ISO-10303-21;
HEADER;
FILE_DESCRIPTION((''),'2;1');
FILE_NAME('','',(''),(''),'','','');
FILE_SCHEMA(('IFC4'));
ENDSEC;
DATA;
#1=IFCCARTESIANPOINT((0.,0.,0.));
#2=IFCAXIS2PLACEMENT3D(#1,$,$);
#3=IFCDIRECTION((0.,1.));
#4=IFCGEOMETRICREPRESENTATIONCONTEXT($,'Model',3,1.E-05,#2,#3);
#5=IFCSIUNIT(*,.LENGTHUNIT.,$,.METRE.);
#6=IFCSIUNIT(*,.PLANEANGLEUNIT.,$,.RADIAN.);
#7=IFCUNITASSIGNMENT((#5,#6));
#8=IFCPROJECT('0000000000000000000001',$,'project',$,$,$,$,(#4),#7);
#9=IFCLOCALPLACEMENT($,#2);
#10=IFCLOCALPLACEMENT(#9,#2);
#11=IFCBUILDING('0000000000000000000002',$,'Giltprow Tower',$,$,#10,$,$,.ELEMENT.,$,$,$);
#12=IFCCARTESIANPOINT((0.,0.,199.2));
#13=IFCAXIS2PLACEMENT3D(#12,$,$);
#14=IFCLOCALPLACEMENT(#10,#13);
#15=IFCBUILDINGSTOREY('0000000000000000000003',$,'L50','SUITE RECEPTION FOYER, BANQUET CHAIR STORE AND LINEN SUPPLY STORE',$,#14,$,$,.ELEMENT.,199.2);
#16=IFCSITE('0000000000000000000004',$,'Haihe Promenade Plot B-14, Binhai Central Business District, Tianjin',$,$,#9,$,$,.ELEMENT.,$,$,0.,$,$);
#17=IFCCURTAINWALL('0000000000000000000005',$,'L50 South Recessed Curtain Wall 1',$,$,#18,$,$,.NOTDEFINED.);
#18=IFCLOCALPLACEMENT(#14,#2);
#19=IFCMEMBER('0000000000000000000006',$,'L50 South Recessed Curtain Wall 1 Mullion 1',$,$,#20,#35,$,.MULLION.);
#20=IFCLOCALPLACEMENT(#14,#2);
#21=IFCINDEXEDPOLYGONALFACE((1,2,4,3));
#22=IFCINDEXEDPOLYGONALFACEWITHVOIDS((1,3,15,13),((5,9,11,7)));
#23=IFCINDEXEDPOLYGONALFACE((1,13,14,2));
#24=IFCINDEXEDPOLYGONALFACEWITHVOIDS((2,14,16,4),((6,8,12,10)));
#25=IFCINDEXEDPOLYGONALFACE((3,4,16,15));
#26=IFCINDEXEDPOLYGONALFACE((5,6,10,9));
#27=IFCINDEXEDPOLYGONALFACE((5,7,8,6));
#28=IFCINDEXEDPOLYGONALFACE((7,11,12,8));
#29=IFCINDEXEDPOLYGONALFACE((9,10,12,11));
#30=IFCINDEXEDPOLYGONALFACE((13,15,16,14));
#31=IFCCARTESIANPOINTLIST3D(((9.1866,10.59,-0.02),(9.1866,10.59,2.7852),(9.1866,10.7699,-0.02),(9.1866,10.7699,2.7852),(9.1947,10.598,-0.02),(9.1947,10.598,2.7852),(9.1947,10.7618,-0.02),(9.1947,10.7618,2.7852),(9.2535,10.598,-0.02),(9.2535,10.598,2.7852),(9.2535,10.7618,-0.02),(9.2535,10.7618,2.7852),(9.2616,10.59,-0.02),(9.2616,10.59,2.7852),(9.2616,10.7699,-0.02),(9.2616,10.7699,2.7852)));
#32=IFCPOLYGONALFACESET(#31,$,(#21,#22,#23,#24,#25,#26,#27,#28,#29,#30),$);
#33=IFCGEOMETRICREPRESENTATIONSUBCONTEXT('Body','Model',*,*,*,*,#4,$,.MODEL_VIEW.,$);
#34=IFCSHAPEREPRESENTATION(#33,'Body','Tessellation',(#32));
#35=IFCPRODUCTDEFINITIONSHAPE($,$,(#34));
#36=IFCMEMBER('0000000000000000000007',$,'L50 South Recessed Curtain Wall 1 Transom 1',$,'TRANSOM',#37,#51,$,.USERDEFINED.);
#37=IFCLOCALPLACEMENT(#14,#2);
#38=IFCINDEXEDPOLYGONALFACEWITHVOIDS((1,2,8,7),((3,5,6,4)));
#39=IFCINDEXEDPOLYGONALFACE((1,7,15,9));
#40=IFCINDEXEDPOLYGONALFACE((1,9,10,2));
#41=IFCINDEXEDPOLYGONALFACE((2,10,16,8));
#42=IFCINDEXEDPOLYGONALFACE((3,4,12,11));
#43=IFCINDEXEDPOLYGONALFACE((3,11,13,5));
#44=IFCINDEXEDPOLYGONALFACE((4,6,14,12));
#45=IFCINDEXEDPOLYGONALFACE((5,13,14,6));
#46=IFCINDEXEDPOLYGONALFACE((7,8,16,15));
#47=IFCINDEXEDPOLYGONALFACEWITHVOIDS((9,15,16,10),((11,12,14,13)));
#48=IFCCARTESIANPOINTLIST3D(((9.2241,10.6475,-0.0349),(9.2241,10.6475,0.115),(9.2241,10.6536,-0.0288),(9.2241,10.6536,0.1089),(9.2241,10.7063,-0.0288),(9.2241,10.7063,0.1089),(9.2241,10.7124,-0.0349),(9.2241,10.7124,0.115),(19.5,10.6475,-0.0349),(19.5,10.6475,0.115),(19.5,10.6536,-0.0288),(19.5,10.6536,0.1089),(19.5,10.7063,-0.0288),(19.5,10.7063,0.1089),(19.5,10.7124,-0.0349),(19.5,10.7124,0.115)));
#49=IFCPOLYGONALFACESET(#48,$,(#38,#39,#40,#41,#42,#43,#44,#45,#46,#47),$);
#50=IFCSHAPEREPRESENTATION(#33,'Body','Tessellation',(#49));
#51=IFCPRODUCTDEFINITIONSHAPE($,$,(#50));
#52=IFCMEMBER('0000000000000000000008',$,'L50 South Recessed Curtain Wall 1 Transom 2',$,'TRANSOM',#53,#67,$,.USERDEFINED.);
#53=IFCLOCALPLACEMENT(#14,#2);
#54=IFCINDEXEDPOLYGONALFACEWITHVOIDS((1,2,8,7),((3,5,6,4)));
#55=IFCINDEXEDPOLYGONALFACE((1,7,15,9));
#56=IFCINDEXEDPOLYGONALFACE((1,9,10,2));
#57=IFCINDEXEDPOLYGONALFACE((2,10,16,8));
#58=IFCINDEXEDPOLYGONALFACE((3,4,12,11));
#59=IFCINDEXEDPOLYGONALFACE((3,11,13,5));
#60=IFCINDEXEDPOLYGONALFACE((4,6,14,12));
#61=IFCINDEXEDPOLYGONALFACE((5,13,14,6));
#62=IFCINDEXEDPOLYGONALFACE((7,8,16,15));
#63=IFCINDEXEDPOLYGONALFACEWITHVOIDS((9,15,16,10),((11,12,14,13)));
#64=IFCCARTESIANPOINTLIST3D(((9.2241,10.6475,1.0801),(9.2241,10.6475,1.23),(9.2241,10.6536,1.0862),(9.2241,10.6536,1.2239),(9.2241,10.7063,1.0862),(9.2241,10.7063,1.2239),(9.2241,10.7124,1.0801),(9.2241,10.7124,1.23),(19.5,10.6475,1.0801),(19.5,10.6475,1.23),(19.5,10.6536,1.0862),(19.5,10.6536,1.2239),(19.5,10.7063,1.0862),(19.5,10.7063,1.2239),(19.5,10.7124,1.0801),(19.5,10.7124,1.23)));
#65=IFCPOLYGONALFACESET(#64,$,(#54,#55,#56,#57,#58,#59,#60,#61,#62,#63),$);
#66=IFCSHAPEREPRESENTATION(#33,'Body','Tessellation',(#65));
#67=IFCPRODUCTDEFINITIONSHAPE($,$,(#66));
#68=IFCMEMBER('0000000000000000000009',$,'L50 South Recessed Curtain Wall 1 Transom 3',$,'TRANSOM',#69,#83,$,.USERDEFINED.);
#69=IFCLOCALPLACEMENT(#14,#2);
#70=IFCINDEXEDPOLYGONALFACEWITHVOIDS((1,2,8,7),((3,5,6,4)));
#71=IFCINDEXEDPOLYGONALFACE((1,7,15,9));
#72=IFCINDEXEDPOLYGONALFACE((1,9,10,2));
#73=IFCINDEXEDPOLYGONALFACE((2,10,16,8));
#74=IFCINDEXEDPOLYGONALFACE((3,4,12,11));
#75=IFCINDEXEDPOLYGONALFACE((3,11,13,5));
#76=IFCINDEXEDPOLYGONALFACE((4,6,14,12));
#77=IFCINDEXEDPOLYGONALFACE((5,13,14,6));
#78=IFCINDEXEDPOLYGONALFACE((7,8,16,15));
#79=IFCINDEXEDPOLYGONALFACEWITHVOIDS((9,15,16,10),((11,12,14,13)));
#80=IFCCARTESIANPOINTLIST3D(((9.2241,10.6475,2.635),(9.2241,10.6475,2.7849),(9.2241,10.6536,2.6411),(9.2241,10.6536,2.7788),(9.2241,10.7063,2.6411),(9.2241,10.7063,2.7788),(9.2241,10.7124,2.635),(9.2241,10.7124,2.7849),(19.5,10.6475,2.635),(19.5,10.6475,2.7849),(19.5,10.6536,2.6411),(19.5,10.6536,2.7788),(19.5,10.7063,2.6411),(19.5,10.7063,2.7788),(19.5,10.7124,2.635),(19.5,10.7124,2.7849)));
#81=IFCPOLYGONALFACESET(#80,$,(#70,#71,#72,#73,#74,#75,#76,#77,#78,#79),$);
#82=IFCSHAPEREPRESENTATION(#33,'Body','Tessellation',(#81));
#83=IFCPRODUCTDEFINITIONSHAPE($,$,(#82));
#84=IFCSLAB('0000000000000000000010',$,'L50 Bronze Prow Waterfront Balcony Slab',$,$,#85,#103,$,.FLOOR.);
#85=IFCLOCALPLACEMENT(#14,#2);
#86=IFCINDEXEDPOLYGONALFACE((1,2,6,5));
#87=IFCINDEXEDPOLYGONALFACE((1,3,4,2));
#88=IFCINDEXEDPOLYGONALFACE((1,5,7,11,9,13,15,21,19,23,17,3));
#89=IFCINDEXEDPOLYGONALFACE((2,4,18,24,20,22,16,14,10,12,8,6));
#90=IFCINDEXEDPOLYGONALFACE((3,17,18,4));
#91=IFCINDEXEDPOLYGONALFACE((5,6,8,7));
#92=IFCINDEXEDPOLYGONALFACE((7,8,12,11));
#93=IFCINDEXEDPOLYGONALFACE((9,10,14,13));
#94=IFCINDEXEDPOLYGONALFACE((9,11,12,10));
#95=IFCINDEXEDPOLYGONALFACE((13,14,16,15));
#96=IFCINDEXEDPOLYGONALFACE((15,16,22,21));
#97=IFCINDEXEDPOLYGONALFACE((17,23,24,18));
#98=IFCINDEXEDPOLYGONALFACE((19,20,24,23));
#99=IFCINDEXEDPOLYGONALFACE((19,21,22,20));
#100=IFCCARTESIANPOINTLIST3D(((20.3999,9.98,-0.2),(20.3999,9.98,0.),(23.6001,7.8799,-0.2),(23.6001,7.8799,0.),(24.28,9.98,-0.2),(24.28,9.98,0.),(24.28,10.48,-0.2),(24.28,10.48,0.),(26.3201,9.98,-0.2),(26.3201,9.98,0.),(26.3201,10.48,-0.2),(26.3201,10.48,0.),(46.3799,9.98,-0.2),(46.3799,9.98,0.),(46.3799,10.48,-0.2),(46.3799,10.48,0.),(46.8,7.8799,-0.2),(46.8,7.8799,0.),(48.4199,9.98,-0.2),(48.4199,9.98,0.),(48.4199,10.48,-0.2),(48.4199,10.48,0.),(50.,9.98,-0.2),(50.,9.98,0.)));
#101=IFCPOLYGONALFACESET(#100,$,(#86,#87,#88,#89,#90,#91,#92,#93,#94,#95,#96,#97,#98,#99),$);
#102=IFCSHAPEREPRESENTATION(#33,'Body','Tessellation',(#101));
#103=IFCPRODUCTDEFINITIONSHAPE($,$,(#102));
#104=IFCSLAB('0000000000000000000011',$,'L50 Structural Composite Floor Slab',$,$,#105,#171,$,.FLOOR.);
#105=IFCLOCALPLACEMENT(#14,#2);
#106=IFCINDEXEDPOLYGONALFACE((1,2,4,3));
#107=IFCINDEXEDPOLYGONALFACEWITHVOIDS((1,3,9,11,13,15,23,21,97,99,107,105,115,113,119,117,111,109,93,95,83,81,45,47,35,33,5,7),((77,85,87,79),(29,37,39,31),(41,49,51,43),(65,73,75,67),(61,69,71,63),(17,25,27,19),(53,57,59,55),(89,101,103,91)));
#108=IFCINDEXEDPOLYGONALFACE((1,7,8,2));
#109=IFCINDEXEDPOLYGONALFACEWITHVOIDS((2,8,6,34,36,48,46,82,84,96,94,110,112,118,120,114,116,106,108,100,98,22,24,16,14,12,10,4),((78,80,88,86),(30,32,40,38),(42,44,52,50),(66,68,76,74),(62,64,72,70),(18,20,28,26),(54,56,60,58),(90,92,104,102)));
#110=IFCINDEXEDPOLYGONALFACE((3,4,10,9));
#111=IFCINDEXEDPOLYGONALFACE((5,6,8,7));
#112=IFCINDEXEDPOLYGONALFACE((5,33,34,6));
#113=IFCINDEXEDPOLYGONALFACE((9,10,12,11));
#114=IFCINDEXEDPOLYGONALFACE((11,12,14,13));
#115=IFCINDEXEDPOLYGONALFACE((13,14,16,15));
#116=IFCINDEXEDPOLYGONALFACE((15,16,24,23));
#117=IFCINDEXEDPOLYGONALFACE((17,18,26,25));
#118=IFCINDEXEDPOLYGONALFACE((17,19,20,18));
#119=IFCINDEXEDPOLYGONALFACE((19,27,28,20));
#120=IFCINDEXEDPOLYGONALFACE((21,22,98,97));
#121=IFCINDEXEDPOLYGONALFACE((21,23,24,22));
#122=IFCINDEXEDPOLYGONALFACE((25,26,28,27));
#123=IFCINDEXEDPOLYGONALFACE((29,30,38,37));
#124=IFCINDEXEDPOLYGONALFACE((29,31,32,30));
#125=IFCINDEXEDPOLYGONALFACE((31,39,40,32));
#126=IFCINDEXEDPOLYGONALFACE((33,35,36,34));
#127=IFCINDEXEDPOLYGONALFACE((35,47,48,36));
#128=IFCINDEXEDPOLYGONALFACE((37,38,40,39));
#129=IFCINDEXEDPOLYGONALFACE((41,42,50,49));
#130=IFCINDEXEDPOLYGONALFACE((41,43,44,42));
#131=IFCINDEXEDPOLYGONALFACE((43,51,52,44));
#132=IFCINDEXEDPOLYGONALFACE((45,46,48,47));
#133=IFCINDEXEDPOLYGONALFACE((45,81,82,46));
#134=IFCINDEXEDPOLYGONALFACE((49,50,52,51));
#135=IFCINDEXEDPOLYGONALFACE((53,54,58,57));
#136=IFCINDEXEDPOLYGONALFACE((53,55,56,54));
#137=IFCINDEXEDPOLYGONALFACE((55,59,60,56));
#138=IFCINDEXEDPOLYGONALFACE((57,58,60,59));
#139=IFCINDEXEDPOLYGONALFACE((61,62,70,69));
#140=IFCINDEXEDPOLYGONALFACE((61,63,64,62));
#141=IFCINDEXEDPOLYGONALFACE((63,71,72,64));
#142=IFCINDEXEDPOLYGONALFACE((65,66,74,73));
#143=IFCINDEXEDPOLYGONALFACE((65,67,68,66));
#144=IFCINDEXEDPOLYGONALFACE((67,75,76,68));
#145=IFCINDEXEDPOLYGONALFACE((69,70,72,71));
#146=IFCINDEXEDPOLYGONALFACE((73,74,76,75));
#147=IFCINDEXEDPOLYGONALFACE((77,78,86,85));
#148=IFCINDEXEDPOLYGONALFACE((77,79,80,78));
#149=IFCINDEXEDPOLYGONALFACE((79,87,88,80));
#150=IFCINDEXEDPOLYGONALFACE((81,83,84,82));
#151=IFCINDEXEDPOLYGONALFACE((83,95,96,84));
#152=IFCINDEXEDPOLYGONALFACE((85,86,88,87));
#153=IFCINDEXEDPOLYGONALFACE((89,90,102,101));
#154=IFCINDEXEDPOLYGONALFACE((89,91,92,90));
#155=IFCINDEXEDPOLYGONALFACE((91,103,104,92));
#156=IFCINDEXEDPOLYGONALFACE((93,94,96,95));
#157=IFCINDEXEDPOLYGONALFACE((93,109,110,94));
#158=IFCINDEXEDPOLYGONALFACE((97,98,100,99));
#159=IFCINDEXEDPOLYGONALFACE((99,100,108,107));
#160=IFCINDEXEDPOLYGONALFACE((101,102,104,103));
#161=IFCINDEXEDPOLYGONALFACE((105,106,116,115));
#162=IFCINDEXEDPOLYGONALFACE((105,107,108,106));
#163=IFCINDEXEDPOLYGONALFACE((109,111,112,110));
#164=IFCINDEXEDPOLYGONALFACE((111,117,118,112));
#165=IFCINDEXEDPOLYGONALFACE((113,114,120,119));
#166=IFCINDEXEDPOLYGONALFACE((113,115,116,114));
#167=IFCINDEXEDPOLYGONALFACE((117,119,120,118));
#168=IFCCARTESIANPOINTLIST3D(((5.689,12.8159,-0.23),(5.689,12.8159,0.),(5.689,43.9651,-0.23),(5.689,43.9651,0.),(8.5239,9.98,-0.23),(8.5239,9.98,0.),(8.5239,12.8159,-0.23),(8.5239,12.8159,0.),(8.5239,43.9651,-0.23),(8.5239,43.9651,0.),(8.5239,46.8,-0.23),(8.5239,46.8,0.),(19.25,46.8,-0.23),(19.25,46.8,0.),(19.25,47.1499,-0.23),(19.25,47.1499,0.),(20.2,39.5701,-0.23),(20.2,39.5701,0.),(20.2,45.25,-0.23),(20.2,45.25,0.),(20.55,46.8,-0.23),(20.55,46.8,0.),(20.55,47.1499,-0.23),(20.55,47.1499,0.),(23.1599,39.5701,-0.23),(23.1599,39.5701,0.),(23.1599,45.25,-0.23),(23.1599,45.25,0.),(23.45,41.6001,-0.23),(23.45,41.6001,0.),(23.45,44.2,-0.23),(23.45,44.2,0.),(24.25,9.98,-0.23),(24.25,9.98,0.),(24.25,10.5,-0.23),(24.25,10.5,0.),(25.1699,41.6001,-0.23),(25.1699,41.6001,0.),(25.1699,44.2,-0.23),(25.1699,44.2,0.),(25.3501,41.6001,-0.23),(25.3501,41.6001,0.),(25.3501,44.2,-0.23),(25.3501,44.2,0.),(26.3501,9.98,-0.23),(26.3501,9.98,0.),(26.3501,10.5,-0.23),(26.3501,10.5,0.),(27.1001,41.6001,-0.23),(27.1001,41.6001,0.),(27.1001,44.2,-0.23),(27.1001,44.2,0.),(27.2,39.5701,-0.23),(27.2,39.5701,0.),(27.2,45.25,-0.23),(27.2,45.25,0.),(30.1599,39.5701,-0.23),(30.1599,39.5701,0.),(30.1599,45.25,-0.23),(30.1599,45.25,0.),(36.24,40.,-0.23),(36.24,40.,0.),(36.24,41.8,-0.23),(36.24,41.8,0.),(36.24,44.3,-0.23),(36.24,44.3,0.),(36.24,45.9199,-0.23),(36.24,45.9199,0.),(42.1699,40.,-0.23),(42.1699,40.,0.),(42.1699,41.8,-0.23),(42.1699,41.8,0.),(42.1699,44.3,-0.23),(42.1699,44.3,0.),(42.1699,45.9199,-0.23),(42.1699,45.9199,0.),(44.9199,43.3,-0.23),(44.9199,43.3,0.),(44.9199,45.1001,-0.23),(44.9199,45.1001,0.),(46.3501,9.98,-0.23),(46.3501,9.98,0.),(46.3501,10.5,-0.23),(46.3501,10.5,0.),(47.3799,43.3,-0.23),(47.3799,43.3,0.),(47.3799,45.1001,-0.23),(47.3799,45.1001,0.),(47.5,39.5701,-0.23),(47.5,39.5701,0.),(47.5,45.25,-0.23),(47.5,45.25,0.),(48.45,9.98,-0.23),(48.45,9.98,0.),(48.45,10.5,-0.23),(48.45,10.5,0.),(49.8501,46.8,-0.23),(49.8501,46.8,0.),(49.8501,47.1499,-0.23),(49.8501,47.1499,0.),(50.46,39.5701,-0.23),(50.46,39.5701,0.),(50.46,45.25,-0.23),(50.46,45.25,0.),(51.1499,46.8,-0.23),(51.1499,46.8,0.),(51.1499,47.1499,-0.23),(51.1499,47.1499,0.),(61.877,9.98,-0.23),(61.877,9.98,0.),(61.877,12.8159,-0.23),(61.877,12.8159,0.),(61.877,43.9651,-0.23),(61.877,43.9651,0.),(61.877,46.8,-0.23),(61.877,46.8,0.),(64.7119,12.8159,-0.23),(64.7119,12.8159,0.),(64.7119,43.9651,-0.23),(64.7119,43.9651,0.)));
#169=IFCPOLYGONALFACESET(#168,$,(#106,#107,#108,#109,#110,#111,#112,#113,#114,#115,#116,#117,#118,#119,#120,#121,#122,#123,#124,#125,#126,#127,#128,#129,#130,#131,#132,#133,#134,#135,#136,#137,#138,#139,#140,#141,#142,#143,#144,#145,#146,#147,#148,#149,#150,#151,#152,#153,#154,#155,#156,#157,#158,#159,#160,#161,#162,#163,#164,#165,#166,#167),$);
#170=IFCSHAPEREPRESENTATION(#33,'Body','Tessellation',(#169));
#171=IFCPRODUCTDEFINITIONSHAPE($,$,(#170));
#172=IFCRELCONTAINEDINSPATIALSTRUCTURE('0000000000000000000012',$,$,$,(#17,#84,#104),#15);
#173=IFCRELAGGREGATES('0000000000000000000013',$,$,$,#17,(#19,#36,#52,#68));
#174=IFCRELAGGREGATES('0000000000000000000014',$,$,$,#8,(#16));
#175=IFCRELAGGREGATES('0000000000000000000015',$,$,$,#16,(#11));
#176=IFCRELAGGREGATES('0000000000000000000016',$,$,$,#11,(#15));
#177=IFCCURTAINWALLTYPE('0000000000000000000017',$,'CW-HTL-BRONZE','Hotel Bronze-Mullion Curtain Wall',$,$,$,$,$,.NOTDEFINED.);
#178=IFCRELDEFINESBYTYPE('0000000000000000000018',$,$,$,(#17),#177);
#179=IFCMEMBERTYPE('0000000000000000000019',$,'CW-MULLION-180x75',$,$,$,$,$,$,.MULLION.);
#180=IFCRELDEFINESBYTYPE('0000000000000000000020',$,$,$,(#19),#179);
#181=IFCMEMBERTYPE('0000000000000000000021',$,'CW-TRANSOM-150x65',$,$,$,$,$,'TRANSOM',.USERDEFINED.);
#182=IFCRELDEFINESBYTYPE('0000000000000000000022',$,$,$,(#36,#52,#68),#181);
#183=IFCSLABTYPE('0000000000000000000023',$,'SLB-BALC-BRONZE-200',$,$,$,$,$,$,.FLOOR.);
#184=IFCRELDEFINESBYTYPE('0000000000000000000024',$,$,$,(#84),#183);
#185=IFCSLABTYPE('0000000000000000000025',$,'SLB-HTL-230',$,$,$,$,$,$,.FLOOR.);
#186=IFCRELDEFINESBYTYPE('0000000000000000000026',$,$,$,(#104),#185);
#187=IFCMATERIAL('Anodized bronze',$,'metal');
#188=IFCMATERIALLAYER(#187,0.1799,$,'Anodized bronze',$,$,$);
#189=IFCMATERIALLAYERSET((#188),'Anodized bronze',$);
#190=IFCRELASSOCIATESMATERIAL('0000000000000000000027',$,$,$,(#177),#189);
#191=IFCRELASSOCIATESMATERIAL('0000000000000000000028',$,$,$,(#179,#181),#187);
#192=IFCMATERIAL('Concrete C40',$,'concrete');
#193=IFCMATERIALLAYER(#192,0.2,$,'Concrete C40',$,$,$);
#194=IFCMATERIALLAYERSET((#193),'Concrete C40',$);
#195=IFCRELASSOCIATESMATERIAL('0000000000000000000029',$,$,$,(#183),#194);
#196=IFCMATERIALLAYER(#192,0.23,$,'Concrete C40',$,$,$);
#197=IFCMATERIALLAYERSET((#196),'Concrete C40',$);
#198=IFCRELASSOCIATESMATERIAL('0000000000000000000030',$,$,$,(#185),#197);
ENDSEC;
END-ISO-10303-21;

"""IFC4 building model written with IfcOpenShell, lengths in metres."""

from ifc_helpers import new_model, si_unit, direction, frame, origin, origin_2d, place, context, subcontext, project, spatial, polyline, hollow_rectangle, outline, extrude, source, transform, mapped, material, layer, layer_set, material_profile, profile_set, type_object, element, aggregate, save


model = new_model("IFC4")

# Units and contexts
model_context = context("Model", 3, precision=1e-05, world=origin(), true_north=direction((0.0, 1.0)))
body_context = subcontext(model_context, "Body", "Model", "MODEL_VIEW")
ifc_project = project(units=[si_unit("LENGTHUNIT", "METRE"), si_unit("PLANEANGLEUNIT", "RADIAN")], contexts=[model_context])

# Site, building, storey
site_placement = place(None, origin())
site = spatial("IfcSite", under=ifc_project, at=site_placement, Name="Haihe Promenade Plot B-14, Binhai Central Business District, Tianjin", CompositionType="ELEMENT", RefElevation=0.0)
building_placement = place(site_placement, origin())
building = spatial("IfcBuilding", under=site, at=building_placement, Name="Giltprow Tower", CompositionType="ELEMENT")
storey_placement = place(building_placement, frame((0.0, 0.0, 199.2)))
storey = spatial("IfcBuildingStorey", under=building, at=storey_placement, Name="L50", Description="SUITE RECEPTION FOYER, BANQUET CHAIR STORE AND LINEN SUPPLY STORE", CompositionType="ELEMENT", Elevation=199.2)

# Curtain wall, members
ifc_material_1 = material(Name="Anodized bronze", Category="metal")
ifc_layer_1 = layer(ifc_material_1, 0.1799, Name="Anodized bronze")
ifc_layer_set_1 = layer_set([ifc_layer_1], Name="Anodized bronze")
curtain_wall_type = type_object("IfcCurtainWallType", Name="CW-HTL-BRONZE", Description="Hotel Bronze-Mullion Curtain Wall", PredefinedType="NOTDEFINED", material=ifc_layer_set_1)
curtain_wall_placement = place(storey_placement, origin())
curtain_wall = element("IfcCurtainWall", 1, at=curtain_wall_placement, inside=storey, type_object=curtain_wall_type, Name="L50 South Recessed Curtain Wall 1", PredefinedType="NOTDEFINED")
ifc_material_profile_1 = material_profile(ifc_material_1, hollow_rectangle(XDim=0.075, YDim=0.1799, WallThickness=0.0081, at=origin_2d()), Name="RHS 180x75x8")
ifc_profile_set_1 = profile_set([ifc_material_profile_1], Name="Anodized bronze")
member_type_1 = type_object("IfcMemberType", Name="CW-MULLION-180x75", PredefinedType="MULLION", material=ifc_profile_set_1)
shared_shape_1 = source(origin(), body_context, "Body", "SweptSolid", [
    extrude(hollow_rectangle(XDim=0.075, YDim=0.1799, WallThickness=0.0081, at=origin_2d()), origin(), (0.0, 0.0, 1.0), 2.8052),
])
member_1_placement = place(storey_placement, frame((9.2241, 10.6799, -0.02), z_axis=(0.0, 0.0, 1.0), x_axis=(1.0, 0.0, 0.0)))
member_1 = element("IfcMember", 2, at=member_1_placement, type_object=member_type_1, Name="L50 South Recessed Curtain Wall 1 Mullion 1", PredefinedType="MULLION", context=body_context, shape_type="MappedRepresentation", body=[
    mapped(shared_shape_1, transform((0.0, 0.0, 0.0), x_axis=(1.0, 0.0, 0.0), y_axis=(0.0, 1.0, 0.0), z_axis=(0.0, 0.0, 1.0), scale=1.0)),
])
ifc_material_profile_2 = material_profile(ifc_material_1, hollow_rectangle(XDim=0.0649, YDim=0.1499, WallThickness=0.0061, at=origin_2d()), Name="RHS 150x65x6")
ifc_profile_set_2 = profile_set([ifc_material_profile_2], Name="Anodized bronze")
member_type_2 = type_object("IfcMemberType", Name="CW-TRANSOM-150x65", ElementType="TRANSOM", PredefinedType="USERDEFINED", material=ifc_profile_set_2)
shared_shape_2 = source(origin(), body_context, "Body", "SweptSolid", [
    extrude(hollow_rectangle(XDim=0.0649, YDim=0.1499, WallThickness=0.0061, at=origin_2d()), origin(), (0.0, 0.0, 1.0), 10.2759),
])
member_2_placement = place(storey_placement, frame((9.2241, 10.6799, 0.04), z_axis=(1.0, 0.0, 0.0), x_axis=(0.0, 1.0, 0.0)))
member_2 = element("IfcMember", 3, at=member_2_placement, type_object=member_type_2, Name="L50 South Recessed Curtain Wall 1 Transom 1", ObjectType="TRANSOM", PredefinedType="USERDEFINED", context=body_context, shape_type="MappedRepresentation", body=[
    mapped(shared_shape_2, transform((0.0, 0.0, 0.0), x_axis=(1.0, 0.0, 0.0), y_axis=(0.0, 1.0, 0.0), z_axis=(0.0, 0.0, 1.0), scale=1.0)),
])
member_3_placement = place(storey_placement, frame((9.2241, 10.6799, 1.155), z_axis=(1.0, 0.0, 0.0), x_axis=(0.0, 1.0, 0.0)))
member_3 = element("IfcMember", 4, at=member_3_placement, type_object=member_type_2, Name="L50 South Recessed Curtain Wall 1 Transom 2", ObjectType="TRANSOM", PredefinedType="USERDEFINED", context=body_context, shape_type="MappedRepresentation", body=[
    mapped(shared_shape_2, transform((0.0, 0.0, 0.0), x_axis=(1.0, 0.0, 0.0), y_axis=(0.0, 1.0, 0.0), z_axis=(0.0, 0.0, 1.0), scale=1.0)),
])
member_4_placement = place(storey_placement, frame((9.2241, 10.6799, 2.71), z_axis=(1.0, 0.0, 0.0), x_axis=(0.0, 1.0, 0.0)))
member_4 = element("IfcMember", 5, at=member_4_placement, type_object=member_type_2, Name="L50 South Recessed Curtain Wall 1 Transom 3", ObjectType="TRANSOM", PredefinedType="USERDEFINED", context=body_context, shape_type="MappedRepresentation", body=[
    mapped(shared_shape_2, transform((0.0, 0.0, 0.0), x_axis=(1.0, 0.0, 0.0), y_axis=(0.0, 1.0, 0.0), z_axis=(0.0, 0.0, 1.0), scale=1.0)),
])
aggregate(curtain_wall, [member_1, member_2, member_3, member_4])

# Slabs
ifc_material_2 = material(Name="Concrete C40", Category="concrete")
ifc_layer_2 = layer(ifc_material_2, 0.2, Name="Concrete C40")
ifc_layer_set_2 = layer_set([ifc_layer_2], Name="Concrete C40")
slab_type_1 = type_object("IfcSlabType", Name="SLB-BALC-BRONZE-200", PredefinedType="FLOOR", material=ifc_layer_set_2)
slab_1_placement = place(storey_placement, frame((0.0, 0.0, -0.2)))
element("IfcSlab", 6, at=slab_1_placement, inside=storey, type_object=slab_type_1, Name="L50 Bronze Prow Waterfront Balcony Slab", PredefinedType="FLOOR", context=body_context, shape_type="SweptSolid", body=[
    extrude(outline(polyline([(50.0, 9.98), (46.8, 7.8799), (23.6001, 7.8799), (20.3999, 9.98), (24.28, 9.98), (24.28, 10.48), (26.3201, 10.48), (26.3201, 9.98), (46.3799, 9.98), (46.3799, 10.48), (48.4199, 10.48), (48.4199, 9.98), (50.0, 9.98)])), origin(), (0.0, 0.0, 1.0), 0.2),
])
ifc_layer_3 = layer(ifc_material_2, 0.23, Name="Concrete C40")
ifc_layer_set_3 = layer_set([ifc_layer_3], Name="Concrete C40")
slab_type_2 = type_object("IfcSlabType", Name="SLB-HTL-230", PredefinedType="FLOOR", material=ifc_layer_set_3)
slab_2_placement = place(storey_placement, frame((0.0, 0.0, -0.23)))
element("IfcSlab", 7, at=slab_2_placement, inside=storey, type_object=slab_type_2, Name="L50 Structural Composite Floor Slab", PredefinedType="FLOOR", context=body_context, shape_type="SweptSolid", body=[
    extrude(outline(polyline([(64.7119, 43.9651), (64.7119, 12.8159), (61.877, 12.8159), (61.877, 9.98), (48.45, 9.98), (48.45, 10.5), (46.3501, 10.5), (46.3501, 9.98), (26.3501, 9.98), (26.3501, 10.5), (24.25, 10.5), (24.25, 9.98), (8.5239, 9.98), (8.5239, 12.8159), (5.689, 12.8159), (5.689, 43.9651), (8.5239, 43.9651), (8.5239, 46.8), (19.25, 46.8), (19.25, 47.1499), (20.55, 47.1499), (20.55, 46.8), (49.8501, 46.8), (49.8501, 47.1499), (51.1499, 47.1499), (51.1499, 46.8), (61.877, 46.8), (61.877, 43.9651), (64.7119, 43.9651)]), holes=[polyline([(42.1699, 41.8), (36.24, 41.8), (36.24, 40.0), (42.1699, 40.0), (42.1699, 41.8)]), polyline([(23.1599, 39.5701), (23.1599, 45.25), (20.2, 45.25), (20.2, 39.5701), (23.1599, 39.5701)]), polyline([(30.1599, 39.5701), (30.1599, 45.25), (27.2, 45.25), (27.2, 39.5701), (30.1599, 39.5701)]), polyline([(50.46, 45.25), (47.5, 45.25), (47.5, 39.5701), (50.46, 39.5701), (50.46, 45.25)]), polyline([(25.1699, 44.2), (23.45, 44.2), (23.45, 41.6001), (25.1699, 41.6001), (25.1699, 44.2)]), polyline([(27.1001, 44.2), (25.3501, 44.2), (25.3501, 41.6001), (27.1001, 41.6001), (27.1001, 44.2)]), polyline([(47.3799, 43.3), (47.3799, 45.1001), (44.9199, 45.1001), (44.9199, 43.3), (47.3799, 43.3)]), polyline([(42.1699, 44.3), (42.1699, 45.9199), (36.24, 45.9199), (36.24, 44.3), (42.1699, 44.3)])]), origin(), (0.0, 0.0, 1.0), 0.23),
])

save(model, "model.ifc")
